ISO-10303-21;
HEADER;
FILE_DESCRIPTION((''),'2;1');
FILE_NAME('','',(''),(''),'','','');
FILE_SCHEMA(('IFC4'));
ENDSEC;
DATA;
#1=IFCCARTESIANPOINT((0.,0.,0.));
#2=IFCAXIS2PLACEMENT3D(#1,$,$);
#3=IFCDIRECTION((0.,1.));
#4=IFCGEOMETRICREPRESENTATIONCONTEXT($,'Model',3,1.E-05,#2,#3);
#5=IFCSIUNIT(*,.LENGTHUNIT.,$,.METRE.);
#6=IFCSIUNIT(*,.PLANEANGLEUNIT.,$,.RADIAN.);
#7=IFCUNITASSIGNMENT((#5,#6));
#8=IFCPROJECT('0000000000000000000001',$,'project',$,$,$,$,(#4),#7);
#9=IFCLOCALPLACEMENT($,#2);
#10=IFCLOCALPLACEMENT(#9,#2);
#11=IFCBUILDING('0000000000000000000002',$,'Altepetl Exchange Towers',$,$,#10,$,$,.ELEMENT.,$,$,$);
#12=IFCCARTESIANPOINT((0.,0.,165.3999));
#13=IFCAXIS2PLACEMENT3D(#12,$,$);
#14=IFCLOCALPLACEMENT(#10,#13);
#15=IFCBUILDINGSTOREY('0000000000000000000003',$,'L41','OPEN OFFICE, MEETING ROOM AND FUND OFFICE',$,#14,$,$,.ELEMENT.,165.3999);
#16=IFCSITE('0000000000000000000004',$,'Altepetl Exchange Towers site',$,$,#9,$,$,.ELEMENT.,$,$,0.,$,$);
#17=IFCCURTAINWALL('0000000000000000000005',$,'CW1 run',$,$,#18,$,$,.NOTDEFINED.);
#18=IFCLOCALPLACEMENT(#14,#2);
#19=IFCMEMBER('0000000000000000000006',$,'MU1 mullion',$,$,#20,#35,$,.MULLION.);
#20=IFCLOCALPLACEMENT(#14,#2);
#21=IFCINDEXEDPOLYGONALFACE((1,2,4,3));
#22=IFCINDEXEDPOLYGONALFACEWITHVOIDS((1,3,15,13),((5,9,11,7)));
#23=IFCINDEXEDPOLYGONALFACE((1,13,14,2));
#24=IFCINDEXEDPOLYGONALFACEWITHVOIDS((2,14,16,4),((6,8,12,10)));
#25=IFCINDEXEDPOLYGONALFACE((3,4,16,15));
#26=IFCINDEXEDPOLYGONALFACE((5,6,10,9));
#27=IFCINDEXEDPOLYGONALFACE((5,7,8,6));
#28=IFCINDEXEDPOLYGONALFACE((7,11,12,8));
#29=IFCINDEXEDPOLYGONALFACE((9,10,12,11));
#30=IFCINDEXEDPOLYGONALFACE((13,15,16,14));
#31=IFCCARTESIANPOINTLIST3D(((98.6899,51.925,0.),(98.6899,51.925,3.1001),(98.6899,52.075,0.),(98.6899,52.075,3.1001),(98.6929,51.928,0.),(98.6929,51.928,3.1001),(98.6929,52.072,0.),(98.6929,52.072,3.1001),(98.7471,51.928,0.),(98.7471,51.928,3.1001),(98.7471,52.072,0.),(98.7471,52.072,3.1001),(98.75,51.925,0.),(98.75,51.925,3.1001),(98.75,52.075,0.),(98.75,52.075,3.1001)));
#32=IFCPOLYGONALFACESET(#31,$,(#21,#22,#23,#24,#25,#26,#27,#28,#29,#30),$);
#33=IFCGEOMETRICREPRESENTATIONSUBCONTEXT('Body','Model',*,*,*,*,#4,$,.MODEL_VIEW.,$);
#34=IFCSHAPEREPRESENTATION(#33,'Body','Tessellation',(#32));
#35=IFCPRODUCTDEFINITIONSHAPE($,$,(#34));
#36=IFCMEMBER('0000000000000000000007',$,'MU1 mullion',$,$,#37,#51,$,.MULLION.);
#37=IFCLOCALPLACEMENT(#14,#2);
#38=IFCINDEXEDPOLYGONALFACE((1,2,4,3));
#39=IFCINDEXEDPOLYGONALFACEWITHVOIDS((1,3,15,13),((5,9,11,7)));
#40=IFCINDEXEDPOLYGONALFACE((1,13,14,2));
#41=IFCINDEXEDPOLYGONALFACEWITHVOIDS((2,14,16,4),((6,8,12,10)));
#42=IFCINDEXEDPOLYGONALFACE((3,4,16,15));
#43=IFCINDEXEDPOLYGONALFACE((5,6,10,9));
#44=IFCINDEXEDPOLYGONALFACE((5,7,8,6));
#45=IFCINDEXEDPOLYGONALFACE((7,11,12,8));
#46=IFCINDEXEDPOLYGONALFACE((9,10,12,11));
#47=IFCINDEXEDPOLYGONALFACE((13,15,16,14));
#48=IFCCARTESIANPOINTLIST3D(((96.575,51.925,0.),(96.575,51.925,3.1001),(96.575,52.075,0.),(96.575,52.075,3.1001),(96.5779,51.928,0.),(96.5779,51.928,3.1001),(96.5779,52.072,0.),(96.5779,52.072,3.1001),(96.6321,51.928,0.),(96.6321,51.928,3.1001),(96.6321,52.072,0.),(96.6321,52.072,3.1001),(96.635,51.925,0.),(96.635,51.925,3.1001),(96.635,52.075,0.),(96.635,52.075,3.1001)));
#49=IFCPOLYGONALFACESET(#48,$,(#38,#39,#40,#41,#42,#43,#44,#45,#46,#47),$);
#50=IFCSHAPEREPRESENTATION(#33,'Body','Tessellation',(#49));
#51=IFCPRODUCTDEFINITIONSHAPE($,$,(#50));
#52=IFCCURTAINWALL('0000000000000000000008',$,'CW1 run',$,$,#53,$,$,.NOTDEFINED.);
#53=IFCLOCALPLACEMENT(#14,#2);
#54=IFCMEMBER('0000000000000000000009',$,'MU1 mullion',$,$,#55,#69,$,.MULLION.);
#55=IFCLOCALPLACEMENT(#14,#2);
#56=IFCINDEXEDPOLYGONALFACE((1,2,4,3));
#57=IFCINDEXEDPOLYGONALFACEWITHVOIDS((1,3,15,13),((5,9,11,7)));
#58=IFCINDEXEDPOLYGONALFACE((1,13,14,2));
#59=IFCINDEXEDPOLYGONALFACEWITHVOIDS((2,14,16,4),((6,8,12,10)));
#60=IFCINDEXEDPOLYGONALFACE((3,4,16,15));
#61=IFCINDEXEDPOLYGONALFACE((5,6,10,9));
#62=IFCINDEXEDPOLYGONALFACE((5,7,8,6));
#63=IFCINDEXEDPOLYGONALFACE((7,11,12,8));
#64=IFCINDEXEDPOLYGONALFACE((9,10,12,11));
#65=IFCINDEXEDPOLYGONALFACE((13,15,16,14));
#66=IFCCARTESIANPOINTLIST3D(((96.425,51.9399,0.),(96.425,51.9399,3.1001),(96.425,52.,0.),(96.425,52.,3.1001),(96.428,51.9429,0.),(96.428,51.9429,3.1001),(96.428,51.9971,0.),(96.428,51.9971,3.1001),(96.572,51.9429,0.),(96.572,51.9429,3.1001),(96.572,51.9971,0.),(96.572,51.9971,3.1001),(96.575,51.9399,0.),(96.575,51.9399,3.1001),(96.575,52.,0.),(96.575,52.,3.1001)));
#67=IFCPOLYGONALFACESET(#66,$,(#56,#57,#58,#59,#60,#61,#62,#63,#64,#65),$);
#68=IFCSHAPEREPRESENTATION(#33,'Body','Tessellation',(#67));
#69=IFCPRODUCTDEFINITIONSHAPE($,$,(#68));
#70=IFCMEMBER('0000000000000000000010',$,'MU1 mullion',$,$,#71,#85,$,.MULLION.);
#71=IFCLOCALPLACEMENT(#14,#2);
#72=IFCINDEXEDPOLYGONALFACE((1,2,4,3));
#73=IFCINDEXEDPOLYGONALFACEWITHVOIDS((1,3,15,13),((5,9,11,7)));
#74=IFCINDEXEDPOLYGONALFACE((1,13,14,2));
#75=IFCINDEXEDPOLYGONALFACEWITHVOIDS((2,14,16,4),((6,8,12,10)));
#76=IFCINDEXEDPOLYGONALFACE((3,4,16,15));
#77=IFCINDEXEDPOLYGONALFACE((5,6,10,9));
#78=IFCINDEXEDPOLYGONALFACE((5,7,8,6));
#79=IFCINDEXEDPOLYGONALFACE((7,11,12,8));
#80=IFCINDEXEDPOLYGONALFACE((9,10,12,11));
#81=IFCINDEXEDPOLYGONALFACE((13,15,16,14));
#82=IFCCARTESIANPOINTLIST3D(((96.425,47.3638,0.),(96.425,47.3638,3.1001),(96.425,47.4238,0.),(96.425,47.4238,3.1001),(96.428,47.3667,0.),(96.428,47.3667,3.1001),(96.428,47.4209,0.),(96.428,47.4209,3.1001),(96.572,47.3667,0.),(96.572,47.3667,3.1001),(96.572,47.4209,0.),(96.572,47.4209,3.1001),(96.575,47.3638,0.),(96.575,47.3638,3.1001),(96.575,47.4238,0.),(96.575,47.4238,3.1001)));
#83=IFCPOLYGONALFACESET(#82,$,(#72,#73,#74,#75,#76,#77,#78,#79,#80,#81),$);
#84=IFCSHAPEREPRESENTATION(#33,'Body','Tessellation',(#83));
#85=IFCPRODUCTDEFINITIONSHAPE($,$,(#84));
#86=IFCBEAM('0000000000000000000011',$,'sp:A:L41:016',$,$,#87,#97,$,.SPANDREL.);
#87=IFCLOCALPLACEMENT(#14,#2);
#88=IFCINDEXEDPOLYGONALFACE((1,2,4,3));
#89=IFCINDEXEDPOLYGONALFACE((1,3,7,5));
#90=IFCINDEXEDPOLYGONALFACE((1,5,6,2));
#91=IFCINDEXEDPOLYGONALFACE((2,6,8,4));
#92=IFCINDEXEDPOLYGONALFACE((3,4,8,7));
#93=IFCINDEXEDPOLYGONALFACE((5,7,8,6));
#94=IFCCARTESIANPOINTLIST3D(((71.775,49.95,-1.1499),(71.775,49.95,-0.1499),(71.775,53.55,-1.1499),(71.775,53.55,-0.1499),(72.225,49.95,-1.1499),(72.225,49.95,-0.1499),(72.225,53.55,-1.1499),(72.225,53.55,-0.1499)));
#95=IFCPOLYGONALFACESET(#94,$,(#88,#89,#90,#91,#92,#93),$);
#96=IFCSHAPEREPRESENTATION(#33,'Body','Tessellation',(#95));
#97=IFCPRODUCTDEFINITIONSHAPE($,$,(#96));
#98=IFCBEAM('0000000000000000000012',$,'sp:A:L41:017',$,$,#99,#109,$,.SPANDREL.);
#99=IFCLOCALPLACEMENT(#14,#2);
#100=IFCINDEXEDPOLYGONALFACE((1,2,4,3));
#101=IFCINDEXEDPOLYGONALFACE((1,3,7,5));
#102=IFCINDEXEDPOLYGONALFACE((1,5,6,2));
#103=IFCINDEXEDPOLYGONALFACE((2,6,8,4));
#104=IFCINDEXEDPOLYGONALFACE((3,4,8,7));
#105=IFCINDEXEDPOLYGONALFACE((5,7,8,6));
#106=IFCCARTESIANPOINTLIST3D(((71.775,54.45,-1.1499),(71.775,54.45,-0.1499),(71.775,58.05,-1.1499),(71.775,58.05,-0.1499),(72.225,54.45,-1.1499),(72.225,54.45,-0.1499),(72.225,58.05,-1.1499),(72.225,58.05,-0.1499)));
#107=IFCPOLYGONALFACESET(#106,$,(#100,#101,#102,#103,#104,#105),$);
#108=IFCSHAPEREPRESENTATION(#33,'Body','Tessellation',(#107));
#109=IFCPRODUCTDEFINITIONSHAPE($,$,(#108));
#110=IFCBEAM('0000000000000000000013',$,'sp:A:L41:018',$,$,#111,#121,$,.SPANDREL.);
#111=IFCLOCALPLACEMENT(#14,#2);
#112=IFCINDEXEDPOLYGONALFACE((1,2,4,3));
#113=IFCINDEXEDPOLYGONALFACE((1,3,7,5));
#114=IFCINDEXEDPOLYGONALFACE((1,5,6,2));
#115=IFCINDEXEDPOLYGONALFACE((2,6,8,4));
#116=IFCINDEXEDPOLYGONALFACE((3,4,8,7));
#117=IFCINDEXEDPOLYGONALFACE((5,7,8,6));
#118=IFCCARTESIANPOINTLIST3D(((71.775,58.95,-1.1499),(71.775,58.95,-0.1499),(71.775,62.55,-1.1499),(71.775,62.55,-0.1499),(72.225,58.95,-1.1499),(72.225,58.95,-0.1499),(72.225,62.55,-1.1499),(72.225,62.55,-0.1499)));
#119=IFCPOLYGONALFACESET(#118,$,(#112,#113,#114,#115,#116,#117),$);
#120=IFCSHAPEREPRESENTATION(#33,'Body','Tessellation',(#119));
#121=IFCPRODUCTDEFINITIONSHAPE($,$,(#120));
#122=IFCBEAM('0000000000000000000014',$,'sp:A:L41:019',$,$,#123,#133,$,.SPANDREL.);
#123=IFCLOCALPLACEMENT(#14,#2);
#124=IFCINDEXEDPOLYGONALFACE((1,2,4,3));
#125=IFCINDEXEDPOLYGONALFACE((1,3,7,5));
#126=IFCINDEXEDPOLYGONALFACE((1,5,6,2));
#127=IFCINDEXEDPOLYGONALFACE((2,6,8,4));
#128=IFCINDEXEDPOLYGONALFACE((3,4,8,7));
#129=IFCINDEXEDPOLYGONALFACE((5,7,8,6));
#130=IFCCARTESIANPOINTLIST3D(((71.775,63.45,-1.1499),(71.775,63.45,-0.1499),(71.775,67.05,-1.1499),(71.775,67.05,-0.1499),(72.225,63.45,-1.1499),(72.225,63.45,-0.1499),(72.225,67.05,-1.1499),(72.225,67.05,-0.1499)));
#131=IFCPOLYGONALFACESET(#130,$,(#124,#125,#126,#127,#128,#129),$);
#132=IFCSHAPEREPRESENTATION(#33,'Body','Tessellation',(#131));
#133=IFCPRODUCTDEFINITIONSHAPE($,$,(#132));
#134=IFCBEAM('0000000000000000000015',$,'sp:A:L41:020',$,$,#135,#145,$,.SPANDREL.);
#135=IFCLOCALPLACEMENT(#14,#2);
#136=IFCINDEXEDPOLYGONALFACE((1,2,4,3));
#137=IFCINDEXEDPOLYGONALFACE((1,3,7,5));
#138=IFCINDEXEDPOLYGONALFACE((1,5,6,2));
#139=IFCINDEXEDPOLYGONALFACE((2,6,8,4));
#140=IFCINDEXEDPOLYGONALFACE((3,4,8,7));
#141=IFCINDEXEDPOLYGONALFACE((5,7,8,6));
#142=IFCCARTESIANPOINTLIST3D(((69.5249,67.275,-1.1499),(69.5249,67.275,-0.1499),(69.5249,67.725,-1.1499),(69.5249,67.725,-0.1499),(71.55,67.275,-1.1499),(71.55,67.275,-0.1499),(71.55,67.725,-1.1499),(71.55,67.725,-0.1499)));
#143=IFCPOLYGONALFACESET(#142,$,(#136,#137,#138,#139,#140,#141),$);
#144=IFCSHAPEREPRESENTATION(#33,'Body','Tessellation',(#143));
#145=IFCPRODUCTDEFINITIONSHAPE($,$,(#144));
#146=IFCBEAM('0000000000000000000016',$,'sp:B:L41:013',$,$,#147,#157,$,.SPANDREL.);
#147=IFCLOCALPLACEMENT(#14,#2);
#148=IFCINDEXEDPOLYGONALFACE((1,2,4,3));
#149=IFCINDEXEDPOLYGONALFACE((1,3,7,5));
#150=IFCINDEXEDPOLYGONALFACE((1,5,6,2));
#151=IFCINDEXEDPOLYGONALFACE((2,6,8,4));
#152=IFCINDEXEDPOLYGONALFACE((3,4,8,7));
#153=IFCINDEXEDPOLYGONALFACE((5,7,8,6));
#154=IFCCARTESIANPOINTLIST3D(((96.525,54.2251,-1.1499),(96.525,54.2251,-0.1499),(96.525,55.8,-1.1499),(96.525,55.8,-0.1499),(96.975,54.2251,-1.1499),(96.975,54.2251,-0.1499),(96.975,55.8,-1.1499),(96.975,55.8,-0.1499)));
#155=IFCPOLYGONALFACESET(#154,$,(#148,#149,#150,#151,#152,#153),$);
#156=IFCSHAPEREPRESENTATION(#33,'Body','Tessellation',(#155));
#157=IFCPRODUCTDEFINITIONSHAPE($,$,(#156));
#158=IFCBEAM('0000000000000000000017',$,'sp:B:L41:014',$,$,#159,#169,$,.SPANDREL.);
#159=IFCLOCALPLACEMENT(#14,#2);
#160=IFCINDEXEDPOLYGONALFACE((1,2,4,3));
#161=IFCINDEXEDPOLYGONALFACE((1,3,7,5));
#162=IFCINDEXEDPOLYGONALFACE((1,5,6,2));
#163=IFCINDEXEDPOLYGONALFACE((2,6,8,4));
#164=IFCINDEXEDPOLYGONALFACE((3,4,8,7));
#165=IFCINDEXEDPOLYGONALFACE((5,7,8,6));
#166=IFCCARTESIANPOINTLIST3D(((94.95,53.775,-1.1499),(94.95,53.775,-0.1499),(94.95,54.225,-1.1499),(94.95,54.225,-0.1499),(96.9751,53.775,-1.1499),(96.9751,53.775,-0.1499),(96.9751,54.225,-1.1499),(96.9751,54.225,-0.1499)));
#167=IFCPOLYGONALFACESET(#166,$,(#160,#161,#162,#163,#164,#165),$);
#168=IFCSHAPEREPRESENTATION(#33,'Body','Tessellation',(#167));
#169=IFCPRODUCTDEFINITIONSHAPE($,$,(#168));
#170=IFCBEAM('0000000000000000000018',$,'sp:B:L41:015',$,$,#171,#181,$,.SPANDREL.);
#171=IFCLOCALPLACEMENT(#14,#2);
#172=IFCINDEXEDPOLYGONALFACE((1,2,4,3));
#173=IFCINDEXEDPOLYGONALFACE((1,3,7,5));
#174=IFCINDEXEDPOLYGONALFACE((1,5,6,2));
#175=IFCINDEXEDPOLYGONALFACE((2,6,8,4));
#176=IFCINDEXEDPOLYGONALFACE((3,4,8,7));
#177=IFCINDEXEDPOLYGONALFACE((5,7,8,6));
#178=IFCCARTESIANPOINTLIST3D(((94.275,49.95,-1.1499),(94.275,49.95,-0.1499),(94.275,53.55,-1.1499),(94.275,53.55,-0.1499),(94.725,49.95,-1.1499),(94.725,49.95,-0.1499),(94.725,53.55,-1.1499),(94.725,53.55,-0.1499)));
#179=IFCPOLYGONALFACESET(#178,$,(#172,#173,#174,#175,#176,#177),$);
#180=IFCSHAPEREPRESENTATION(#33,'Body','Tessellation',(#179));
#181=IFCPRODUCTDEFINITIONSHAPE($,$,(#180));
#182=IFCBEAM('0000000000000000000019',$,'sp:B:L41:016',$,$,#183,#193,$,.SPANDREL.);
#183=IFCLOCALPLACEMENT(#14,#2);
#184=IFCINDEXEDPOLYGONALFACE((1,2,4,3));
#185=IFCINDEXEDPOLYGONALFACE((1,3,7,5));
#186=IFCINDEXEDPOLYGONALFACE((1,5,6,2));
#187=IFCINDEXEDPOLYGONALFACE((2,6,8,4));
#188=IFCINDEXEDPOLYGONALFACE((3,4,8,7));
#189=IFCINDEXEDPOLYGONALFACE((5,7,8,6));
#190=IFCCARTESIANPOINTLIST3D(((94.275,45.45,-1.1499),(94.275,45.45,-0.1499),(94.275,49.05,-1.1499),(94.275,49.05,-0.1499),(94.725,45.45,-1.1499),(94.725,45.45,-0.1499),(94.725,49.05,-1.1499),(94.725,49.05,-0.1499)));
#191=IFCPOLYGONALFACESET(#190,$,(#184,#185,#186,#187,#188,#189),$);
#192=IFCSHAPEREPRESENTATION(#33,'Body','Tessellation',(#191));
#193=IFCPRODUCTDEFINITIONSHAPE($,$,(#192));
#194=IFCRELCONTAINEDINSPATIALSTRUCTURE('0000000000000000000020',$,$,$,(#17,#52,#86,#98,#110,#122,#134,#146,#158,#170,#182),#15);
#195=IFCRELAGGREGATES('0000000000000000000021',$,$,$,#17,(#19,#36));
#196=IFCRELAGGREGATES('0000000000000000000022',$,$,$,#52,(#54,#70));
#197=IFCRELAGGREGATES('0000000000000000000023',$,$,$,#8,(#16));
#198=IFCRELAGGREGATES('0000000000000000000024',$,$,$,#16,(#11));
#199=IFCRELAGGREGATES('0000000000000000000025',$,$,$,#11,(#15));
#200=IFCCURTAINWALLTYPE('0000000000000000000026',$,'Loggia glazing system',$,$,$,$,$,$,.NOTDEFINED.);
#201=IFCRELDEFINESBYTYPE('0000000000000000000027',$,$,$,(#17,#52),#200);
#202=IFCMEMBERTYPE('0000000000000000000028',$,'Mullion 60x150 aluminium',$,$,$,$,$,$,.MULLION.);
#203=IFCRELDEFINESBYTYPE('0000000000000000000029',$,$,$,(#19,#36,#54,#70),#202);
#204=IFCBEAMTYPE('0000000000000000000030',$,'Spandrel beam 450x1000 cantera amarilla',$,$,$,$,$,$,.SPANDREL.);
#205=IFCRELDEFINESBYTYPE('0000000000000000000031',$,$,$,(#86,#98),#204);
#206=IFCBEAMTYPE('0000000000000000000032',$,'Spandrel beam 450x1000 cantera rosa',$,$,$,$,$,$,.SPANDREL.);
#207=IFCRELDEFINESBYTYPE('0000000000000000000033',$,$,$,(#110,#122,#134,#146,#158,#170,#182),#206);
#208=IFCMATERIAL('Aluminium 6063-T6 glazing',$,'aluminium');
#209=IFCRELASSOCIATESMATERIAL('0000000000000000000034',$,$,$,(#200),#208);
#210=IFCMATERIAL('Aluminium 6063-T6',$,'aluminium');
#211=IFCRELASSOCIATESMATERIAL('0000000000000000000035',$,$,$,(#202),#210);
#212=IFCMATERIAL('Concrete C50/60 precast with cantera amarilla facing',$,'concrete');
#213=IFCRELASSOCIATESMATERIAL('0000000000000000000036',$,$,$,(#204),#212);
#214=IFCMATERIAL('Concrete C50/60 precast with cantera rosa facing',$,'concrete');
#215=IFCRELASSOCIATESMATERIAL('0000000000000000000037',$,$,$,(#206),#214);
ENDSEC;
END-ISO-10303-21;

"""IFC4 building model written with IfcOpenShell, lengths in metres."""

from ifc_helpers import new_model, si_unit, direction, frame, origin, origin_2d, place, context, subcontext, project, spatial, rectangle, hollow_rectangle, extrude, material, material_profile, profile_set, type_object, element, aggregate, save


model = new_model("IFC4")

# Units and contexts
model_context = context("Model", 3, precision=1e-05, world=origin(), true_north=direction((0.0, 1.0)))
body_context = subcontext(model_context, "Body", "Model", "MODEL_VIEW")
ifc_project = project(units=[si_unit("LENGTHUNIT", "METRE"), si_unit("PLANEANGLEUNIT", "RADIAN")], contexts=[model_context])

# Site, building, storey
site_placement = place(None, origin())
site = spatial("IfcSite", under=ifc_project, at=site_placement, Name="Altepetl Exchange Towers site", CompositionType="ELEMENT", RefElevation=0.0)
building_placement = place(site_placement, origin())
building = spatial("IfcBuilding", under=site, at=building_placement, Name="Altepetl Exchange Towers", CompositionType="ELEMENT")
storey_placement = place(building_placement, frame((0.0, 0.0, 165.3999)))
storey = spatial("IfcBuildingStorey", under=building, at=storey_placement, Name="L41", Description="OPEN OFFICE, MEETING ROOM AND FUND OFFICE", CompositionType="ELEMENT", Elevation=165.3999)

# Shared definitions
ifc_material_1 = material(Name="Aluminium 6063-T6 glazing", Category="aluminium")
curtain_wall_type = type_object("IfcCurtainWallType", Name="Loggia glazing system", PredefinedType="NOTDEFINED", material=ifc_material_1)
ifc_material_2 = material(Name="Aluminium 6063-T6", Category="aluminium")
ifc_material_profile_1 = material_profile(ifc_material_2, hollow_rectangle(XDim=0.0601, YDim=0.1499, WallThickness=0.0029, at=origin_2d()), Name="Mullion 60x150 aluminium")
ifc_profile_set_1 = profile_set([ifc_material_profile_1], Name="Aluminium 6063-T6")
member_type = type_object("IfcMemberType", Name="Mullion 60x150 aluminium", PredefinedType="MULLION", material=ifc_profile_set_1)

# Curtain walls, members
curtain_wall_1_placement = place(storey_placement, origin())
curtain_wall_1 = element("IfcCurtainWall", 1, at=curtain_wall_1_placement, inside=storey, type_object=curtain_wall_type, Name="CW1 run", PredefinedType="NOTDEFINED")
member_1_placement = place(storey_placement, frame((98.72, 52.0, 0.0), z_axis=(0.0, 0.0, 1.0), x_axis=(-1.0, 0.0, 0.0)))
member_1 = element("IfcMember", 2, at=member_1_placement, type_object=member_type, Name="MU1 mullion", PredefinedType="MULLION", context=body_context, shape_type="SweptSolid", body=[
    extrude(hollow_rectangle(XDim=0.0601, YDim=0.1499, WallThickness=0.0029, at=origin_2d()), origin(), (0.0, 0.0, 1.0), 3.1001),
])
member_2_placement = place(storey_placement, frame((96.605, 52.0, 0.0), z_axis=(0.0, 0.0, 1.0), x_axis=(-1.0, 0.0, 0.0)))
member_2 = element("IfcMember", 3, at=member_2_placement, type_object=member_type, Name="MU1 mullion", PredefinedType="MULLION", context=body_context, shape_type="SweptSolid", body=[
    extrude(hollow_rectangle(XDim=0.0601, YDim=0.1499, WallThickness=0.0029, at=origin_2d()), origin(), (0.0, 0.0, 1.0), 3.1001),
])
curtain_wall_2_placement = place(storey_placement, origin())
curtain_wall_2 = element("IfcCurtainWall", 4, at=curtain_wall_2_placement, inside=storey, type_object=curtain_wall_type, Name="CW1 run", PredefinedType="NOTDEFINED")
member_3_placement = place(storey_placement, frame((96.5, 51.97, 0.0), z_axis=(0.0, 0.0, 1.0), x_axis=(0.0, -1.0, 0.0)))
member_3 = element("IfcMember", 5, at=member_3_placement, type_object=member_type, Name="MU1 mullion", PredefinedType="MULLION", context=body_context, shape_type="SweptSolid", body=[
    extrude(hollow_rectangle(XDim=0.0601, YDim=0.1499, WallThickness=0.0029, at=origin_2d()), origin(), (0.0, 0.0, 1.0), 3.1001),
])
member_4_placement = place(storey_placement, frame((96.5, 47.3938, 0.0), z_axis=(0.0, 0.0, 1.0), x_axis=(0.0, -1.0, 0.0)))
member_4 = element("IfcMember", 6, at=member_4_placement, type_object=member_type, Name="MU1 mullion", PredefinedType="MULLION", context=body_context, shape_type="SweptSolid", body=[
    extrude(hollow_rectangle(XDim=0.0601, YDim=0.1499, WallThickness=0.0029, at=origin_2d()), origin(), (0.0, 0.0, 1.0), 3.1001),
])

# Beams
ifc_material_3 = material(Name="Concrete C50/60 precast with cantera amarilla facing", Category="concrete")
ifc_material_profile_2 = material_profile(ifc_material_3, rectangle(XDim=0.45, YDim=1.0, at=origin_2d()), Name="450 x 1000")
ifc_profile_set_2 = profile_set([ifc_material_profile_2], Name="Concrete C50/60 precast with cantera amarilla facing")
beam_type_1 = type_object("IfcBeamType", Name="Spandrel beam 450x1000 cantera amarilla", PredefinedType="SPANDREL", material=ifc_profile_set_2)
for number, where, z_axis, x_axis, name in (
    (7, (72.0, 49.95, -0.6499), (0.0, 1.0, 0.0), (-1.0, 0.0, 0.0), "sp:A:L41:016"),
    (8, (72.0, 54.45, -0.6499), (0.0, 1.0, 0.0), (-1.0, 0.0, 0.0), "sp:A:L41:017"),
):
    element("IfcBeam", number, at=place(storey_placement, frame(where, z_axis=z_axis, x_axis=x_axis)), inside=storey, type_object=beam_type_1, Name=name, PredefinedType="SPANDREL", context=body_context, shape_type="SweptSolid", body=[
        extrude(rectangle(XDim=0.45, YDim=1.0, at=origin_2d()), origin(), (0.0, 0.0, 1.0), 3.6001),
    ])
ifc_material_4 = material(Name="Concrete C50/60 precast with cantera rosa facing", Category="concrete")
ifc_material_profile_3 = material_profile(ifc_material_4, rectangle(XDim=0.45, YDim=1.0, at=origin_2d()), Name="450 x 1000")
ifc_profile_set_3 = profile_set([ifc_material_profile_3], Name="Concrete C50/60 precast with cantera rosa facing")
beam_type_2 = type_object("IfcBeamType", Name="Spandrel beam 450x1000 cantera rosa", PredefinedType="SPANDREL", material=ifc_profile_set_3)
for number, where, z_axis, x_axis, name in (
    (9, (72.0, 58.95, -0.6499), (0.0, 1.0, 0.0), (-1.0, 0.0, 0.0), "sp:A:L41:018"),
    (10, (72.0, 63.45, -0.6499), (0.0, 1.0, 0.0), (-1.0, 0.0, 0.0), "sp:A:L41:019"),
):
    element("IfcBeam", number, at=place(storey_placement, frame(where, z_axis=z_axis, x_axis=x_axis)), inside=storey, type_object=beam_type_2, Name=name, PredefinedType="SPANDREL", context=body_context, shape_type="SweptSolid", body=[
        extrude(rectangle(XDim=0.45, YDim=1.0, at=origin_2d()), origin(), (0.0, 0.0, 1.0), 3.6001),
    ])
beam_1_placement = place(storey_placement, frame((71.55, 67.5, -0.6499), z_axis=(-1.0, 0.0, 0.0), x_axis=(0.0, -1.0, 0.0)))
element("IfcBeam", 11, at=beam_1_placement, inside=storey, type_object=beam_type_2, Name="sp:A:L41:020", PredefinedType="SPANDREL", context=body_context, shape_type="SweptSolid", body=[
    extrude(rectangle(XDim=0.45, YDim=1.0, at=origin_2d()), origin(), (0.0, 0.0, 1.0), 2.0251),
])
beam_2_placement = place(storey_placement, frame((96.75, 55.8, -0.6499), z_axis=(0.0, -1.0, 0.0), x_axis=(1.0, 0.0, 0.0)))
element("IfcBeam", 12, at=beam_2_placement, inside=storey, type_object=beam_type_2, Name="sp:B:L41:013", PredefinedType="SPANDREL", context=body_context, shape_type="SweptSolid", body=[
    extrude(rectangle(XDim=0.45, YDim=1.0, at=origin_2d()), origin(), (0.0, 0.0, 1.0), 1.575),
])
beam_3_placement = place(storey_placement, frame((96.9751, 54.0, -0.6499), z_axis=(-1.0, 0.0, 0.0), x_axis=(0.0, -1.0, 0.0)))
element("IfcBeam", 13, at=beam_3_placement, inside=storey, type_object=beam_type_2, Name="sp:B:L41:014", PredefinedType="SPANDREL", context=body_context, shape_type="SweptSolid", body=[
    extrude(rectangle(XDim=0.45, YDim=1.0, at=origin_2d()), origin(), (0.0, 0.0, 1.0), 2.0251),
])
for number, where, z_axis, x_axis, name in (
    (14, (94.5, 53.55, -0.6499), (0.0, -1.0, 0.0), (1.0, 0.0, 0.0), "sp:B:L41:015"),
    (15, (94.5, 49.05, -0.6499), (0.0, -1.0, 0.0), (1.0, 0.0, 0.0), "sp:B:L41:016"),
):
    element("IfcBeam", number, at=place(storey_placement, frame(where, z_axis=z_axis, x_axis=x_axis)), inside=storey, type_object=beam_type_2, Name=name, PredefinedType="SPANDREL", context=body_context, shape_type="SweptSolid", body=[
        extrude(rectangle(XDim=0.45, YDim=1.0, at=origin_2d()), origin(), (0.0, 0.0, 1.0), 3.6001),
    ])

aggregate(curtain_wall_1, [member_1, member_2])
aggregate(curtain_wall_2, [member_3, member_4])

save(model, "model.ifc")
